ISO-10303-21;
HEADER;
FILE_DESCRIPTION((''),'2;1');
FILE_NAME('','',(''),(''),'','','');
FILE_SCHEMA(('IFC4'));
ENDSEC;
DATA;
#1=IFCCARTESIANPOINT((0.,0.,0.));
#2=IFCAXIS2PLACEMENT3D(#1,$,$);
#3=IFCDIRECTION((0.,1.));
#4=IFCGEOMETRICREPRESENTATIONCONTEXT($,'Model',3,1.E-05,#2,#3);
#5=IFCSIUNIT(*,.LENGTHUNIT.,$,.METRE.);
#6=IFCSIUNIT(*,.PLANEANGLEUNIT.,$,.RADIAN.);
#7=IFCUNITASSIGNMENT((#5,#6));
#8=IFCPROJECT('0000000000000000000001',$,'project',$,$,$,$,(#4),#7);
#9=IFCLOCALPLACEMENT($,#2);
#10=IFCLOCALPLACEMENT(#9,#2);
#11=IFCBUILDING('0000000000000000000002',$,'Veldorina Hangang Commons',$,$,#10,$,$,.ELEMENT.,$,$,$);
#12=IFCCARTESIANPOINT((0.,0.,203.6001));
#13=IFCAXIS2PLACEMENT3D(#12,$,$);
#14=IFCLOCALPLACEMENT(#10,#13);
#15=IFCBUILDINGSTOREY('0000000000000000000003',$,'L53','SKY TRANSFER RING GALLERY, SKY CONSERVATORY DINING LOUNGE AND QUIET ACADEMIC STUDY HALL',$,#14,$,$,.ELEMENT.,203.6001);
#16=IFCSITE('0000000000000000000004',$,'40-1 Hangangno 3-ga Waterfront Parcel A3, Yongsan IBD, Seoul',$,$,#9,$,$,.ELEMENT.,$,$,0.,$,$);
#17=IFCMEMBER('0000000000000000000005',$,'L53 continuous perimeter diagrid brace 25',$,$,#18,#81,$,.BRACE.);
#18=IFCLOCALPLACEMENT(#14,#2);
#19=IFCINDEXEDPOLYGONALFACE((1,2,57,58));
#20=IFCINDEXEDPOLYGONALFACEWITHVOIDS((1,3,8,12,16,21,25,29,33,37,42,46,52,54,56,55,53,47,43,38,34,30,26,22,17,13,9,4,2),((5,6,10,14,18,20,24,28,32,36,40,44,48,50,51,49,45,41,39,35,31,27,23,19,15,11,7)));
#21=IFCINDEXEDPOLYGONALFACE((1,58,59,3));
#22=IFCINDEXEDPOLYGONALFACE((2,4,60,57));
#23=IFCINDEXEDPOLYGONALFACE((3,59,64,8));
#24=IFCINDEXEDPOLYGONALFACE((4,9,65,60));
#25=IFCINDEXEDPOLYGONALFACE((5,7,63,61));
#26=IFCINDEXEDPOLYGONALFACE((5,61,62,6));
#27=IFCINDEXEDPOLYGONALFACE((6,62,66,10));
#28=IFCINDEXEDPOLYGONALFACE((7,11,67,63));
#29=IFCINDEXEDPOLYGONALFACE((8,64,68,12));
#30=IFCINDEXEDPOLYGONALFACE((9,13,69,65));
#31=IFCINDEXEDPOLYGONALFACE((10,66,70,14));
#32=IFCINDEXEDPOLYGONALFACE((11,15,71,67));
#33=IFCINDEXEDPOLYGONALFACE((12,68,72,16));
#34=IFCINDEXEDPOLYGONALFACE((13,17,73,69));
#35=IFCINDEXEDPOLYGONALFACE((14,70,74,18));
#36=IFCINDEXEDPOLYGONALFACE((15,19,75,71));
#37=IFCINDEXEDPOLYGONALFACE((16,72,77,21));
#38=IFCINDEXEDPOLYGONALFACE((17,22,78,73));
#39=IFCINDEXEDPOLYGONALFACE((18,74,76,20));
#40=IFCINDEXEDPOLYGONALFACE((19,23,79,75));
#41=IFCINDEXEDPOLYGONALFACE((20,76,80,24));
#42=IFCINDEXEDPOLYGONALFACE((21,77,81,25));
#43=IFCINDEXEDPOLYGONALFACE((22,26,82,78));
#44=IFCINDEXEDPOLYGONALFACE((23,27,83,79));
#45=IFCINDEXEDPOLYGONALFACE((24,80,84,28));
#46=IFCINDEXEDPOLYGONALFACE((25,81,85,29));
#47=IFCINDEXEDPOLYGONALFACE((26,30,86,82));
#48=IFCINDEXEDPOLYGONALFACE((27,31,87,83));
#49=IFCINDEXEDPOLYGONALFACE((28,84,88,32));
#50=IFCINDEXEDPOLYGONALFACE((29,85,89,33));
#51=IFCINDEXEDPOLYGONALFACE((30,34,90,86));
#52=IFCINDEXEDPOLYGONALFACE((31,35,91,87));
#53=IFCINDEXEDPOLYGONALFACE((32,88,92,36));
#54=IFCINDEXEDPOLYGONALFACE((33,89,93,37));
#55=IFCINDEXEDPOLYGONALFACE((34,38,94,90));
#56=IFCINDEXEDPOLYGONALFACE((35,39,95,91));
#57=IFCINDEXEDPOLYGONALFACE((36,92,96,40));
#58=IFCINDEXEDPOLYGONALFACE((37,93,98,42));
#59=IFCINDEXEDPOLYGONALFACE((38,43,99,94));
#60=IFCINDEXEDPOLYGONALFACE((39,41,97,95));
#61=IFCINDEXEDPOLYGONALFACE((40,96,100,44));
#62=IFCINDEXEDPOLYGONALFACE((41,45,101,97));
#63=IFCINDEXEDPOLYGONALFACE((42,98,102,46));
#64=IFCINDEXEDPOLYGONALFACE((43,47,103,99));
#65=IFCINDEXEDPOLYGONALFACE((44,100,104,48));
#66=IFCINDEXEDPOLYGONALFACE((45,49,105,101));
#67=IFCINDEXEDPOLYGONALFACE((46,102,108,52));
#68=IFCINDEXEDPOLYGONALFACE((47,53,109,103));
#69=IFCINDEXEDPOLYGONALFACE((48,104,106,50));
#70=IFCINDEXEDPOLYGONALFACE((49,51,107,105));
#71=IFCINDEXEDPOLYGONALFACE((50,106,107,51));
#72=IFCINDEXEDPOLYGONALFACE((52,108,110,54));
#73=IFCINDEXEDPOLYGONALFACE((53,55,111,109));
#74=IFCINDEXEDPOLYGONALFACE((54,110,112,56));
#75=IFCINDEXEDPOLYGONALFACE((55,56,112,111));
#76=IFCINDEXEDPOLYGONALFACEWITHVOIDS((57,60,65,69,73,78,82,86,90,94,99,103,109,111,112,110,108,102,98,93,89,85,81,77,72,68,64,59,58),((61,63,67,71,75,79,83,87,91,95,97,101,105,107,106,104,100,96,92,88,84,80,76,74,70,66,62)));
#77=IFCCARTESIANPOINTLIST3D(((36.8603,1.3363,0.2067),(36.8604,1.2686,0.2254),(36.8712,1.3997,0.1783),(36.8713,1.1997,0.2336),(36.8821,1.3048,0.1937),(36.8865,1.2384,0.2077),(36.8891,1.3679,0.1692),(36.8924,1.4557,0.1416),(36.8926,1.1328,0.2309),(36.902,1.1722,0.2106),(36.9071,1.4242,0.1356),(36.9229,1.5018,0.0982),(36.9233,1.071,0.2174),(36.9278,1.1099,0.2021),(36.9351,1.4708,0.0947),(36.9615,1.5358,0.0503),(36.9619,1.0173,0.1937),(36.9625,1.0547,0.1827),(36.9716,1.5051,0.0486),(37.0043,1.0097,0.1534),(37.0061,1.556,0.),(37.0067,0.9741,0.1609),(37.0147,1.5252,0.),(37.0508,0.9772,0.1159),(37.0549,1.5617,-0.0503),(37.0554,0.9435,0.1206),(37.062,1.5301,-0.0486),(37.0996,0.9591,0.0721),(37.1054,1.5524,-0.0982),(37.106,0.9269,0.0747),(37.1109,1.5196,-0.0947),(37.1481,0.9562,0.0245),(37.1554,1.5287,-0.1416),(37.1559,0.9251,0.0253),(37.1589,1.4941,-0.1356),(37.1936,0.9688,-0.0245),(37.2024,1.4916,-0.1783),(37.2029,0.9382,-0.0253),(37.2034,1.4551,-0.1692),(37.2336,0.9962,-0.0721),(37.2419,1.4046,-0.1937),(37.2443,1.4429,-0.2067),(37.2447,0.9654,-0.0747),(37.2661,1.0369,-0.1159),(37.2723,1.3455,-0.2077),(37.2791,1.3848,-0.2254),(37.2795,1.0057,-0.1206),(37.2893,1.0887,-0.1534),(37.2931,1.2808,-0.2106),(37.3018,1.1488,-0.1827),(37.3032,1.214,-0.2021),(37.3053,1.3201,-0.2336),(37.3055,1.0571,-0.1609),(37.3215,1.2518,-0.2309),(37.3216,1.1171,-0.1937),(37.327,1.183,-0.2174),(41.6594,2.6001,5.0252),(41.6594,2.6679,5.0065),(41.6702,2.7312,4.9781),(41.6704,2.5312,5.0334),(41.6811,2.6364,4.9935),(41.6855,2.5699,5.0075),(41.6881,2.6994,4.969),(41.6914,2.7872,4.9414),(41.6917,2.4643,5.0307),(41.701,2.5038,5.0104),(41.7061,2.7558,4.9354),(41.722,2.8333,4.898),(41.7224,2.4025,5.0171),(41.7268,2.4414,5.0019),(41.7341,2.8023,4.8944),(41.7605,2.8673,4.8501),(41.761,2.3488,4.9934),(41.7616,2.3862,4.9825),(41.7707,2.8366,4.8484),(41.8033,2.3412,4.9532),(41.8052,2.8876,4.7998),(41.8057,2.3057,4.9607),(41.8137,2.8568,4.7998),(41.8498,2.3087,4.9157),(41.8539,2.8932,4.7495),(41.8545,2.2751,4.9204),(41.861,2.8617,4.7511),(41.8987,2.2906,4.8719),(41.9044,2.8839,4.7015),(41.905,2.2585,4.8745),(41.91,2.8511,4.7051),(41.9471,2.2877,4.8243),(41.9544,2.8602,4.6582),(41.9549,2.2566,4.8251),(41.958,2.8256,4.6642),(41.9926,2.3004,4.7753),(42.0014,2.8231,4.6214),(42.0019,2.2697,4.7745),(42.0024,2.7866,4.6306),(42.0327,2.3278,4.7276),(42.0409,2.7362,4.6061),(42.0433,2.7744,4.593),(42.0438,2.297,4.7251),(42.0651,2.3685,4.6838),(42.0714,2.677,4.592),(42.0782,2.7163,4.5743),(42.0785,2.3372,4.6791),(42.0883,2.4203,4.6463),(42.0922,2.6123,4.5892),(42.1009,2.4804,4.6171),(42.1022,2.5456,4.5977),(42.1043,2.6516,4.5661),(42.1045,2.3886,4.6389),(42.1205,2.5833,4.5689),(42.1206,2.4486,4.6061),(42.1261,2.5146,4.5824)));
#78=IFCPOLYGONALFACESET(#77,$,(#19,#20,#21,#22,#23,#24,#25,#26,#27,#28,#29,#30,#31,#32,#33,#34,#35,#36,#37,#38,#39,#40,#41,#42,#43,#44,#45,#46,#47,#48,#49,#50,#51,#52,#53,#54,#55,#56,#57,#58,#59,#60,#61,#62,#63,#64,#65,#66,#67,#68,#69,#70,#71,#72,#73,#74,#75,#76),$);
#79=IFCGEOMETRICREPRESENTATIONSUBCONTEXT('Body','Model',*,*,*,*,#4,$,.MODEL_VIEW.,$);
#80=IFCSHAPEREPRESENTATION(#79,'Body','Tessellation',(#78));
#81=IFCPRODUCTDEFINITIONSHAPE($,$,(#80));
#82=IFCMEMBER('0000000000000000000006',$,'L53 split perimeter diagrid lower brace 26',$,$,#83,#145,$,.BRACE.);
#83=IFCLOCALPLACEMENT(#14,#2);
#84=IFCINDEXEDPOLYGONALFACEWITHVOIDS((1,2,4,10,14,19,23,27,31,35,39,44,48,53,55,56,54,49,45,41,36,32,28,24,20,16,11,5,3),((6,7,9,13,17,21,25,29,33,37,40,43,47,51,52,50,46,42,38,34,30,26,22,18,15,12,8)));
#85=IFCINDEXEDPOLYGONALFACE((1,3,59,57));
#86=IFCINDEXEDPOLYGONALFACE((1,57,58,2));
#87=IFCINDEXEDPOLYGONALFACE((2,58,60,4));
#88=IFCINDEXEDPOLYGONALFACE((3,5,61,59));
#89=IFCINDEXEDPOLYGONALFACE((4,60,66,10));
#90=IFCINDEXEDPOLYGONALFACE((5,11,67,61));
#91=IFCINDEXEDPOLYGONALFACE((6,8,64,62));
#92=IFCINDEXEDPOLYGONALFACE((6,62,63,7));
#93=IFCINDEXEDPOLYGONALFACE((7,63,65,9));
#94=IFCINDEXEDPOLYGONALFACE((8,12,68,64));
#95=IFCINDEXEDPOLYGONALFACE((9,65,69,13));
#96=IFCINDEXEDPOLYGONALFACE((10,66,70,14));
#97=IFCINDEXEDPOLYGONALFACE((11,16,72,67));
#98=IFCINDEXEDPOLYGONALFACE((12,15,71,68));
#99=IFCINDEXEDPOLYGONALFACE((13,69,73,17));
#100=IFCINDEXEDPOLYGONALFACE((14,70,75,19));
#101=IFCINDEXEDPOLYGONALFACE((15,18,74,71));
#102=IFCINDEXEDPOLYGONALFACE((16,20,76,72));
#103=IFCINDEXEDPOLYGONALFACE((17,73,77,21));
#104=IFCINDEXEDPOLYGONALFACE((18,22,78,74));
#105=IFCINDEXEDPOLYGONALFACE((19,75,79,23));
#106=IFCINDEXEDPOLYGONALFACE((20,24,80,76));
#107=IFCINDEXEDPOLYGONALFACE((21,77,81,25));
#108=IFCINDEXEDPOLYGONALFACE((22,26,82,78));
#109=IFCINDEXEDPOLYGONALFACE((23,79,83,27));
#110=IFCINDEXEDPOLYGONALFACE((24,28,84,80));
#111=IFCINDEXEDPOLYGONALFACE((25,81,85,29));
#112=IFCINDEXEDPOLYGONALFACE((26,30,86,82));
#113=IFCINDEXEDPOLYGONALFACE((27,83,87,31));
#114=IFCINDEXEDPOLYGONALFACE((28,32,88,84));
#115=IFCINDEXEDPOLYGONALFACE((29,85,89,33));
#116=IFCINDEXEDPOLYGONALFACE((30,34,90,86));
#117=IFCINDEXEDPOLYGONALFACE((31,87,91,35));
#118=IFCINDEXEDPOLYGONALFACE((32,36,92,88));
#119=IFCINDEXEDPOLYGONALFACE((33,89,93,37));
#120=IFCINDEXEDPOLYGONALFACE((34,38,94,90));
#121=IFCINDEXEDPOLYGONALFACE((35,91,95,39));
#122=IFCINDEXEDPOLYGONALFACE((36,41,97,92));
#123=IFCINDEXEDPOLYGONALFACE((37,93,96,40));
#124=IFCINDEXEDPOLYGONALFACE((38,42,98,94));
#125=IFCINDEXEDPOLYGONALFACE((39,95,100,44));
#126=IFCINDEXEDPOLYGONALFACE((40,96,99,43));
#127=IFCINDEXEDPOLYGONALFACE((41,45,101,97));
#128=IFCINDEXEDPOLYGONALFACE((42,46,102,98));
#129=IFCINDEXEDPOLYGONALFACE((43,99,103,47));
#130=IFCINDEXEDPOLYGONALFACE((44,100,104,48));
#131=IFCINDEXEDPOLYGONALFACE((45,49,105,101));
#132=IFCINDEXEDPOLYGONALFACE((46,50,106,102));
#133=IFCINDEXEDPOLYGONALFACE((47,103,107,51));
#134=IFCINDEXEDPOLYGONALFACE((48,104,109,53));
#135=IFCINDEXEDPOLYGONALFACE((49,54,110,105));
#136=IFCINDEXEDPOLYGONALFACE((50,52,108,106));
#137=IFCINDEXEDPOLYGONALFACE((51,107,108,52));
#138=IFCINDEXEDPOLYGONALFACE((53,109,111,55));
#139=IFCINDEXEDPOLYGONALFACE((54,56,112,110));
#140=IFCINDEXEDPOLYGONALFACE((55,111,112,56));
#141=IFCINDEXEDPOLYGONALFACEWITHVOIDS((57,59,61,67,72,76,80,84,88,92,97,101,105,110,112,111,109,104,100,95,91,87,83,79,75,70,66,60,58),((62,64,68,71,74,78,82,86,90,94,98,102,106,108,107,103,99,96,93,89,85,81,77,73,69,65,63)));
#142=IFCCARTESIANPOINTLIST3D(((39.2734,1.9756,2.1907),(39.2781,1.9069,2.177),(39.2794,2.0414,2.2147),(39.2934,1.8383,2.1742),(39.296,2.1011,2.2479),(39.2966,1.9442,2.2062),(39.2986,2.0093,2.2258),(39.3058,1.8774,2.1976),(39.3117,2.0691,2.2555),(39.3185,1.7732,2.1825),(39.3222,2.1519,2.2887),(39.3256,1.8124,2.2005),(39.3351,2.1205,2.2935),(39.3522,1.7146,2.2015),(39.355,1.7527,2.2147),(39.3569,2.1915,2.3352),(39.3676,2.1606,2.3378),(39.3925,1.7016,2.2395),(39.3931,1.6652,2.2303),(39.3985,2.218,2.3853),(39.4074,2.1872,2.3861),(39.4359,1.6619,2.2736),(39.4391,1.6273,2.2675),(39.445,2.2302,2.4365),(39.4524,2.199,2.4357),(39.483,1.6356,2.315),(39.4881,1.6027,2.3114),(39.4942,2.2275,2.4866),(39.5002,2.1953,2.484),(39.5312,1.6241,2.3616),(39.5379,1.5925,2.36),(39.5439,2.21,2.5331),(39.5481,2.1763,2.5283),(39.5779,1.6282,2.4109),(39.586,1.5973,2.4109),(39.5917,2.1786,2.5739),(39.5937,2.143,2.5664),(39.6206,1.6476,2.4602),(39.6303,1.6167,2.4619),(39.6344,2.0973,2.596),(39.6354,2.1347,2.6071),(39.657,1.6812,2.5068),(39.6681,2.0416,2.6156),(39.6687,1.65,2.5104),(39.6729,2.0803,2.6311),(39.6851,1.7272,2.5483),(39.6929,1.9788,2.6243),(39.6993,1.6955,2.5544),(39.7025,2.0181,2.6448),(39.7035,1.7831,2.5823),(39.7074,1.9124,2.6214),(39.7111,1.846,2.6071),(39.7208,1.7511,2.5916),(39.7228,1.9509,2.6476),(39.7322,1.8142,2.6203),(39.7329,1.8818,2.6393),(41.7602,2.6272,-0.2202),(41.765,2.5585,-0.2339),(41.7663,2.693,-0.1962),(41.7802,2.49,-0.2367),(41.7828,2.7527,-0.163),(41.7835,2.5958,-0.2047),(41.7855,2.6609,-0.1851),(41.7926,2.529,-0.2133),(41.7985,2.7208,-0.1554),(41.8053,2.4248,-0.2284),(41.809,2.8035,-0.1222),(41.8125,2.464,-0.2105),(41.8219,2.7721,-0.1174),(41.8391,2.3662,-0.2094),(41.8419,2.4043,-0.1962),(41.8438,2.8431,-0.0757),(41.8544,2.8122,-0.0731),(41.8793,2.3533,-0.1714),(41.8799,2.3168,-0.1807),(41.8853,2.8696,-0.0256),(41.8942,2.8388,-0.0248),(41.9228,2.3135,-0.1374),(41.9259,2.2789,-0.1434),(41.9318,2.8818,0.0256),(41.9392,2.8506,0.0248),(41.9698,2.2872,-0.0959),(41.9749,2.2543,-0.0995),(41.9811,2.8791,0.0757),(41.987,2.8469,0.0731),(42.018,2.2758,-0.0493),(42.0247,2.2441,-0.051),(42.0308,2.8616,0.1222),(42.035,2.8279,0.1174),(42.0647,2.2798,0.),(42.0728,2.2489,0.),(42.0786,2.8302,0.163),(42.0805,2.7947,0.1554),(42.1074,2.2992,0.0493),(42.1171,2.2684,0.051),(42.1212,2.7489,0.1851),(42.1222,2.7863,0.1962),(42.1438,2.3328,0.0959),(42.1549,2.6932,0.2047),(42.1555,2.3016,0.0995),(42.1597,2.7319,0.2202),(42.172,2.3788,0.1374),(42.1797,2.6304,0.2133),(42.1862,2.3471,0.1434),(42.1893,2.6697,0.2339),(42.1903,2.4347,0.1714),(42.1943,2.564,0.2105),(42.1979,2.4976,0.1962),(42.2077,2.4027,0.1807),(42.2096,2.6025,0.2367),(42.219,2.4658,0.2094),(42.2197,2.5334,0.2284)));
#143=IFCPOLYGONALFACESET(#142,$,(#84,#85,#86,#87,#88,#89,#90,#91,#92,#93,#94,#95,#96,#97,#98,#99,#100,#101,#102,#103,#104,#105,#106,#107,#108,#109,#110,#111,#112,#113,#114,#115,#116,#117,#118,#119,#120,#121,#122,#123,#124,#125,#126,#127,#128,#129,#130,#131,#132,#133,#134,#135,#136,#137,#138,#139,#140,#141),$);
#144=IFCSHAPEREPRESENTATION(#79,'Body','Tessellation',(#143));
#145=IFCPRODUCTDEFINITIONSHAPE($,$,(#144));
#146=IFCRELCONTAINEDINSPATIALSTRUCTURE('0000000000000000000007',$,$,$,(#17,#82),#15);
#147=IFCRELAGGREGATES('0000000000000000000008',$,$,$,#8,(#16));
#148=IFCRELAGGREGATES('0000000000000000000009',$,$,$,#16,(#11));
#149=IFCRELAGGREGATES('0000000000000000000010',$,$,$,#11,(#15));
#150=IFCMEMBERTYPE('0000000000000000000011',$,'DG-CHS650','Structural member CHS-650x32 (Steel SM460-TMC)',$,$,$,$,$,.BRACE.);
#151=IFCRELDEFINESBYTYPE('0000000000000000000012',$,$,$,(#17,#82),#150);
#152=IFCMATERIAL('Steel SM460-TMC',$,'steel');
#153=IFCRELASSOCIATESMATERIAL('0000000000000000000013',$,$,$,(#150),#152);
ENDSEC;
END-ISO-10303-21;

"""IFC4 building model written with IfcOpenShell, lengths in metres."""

from ifc_helpers import new_model, si_unit, direction, frame, origin, origin_2d, place, context, subcontext, project, spatial, hollow_circle, extrude, material, material_profile, profile_set, type_object, element, save


model = new_model("IFC4")

# Units and contexts
model_context = context("Model", 3, precision=1e-05, world=origin(), true_north=direction((0.0, 1.0)))
body_context = subcontext(model_context, "Body", "Model", "MODEL_VIEW")
ifc_project = project(units=[si_unit("LENGTHUNIT", "METRE"), si_unit("PLANEANGLEUNIT", "RADIAN")], contexts=[model_context])

# Site, building, storey
site_placement = place(None, origin())
site = spatial("IfcSite", under=ifc_project, at=site_placement, Name="40-1 Hangangno 3-ga Waterfront Parcel A3, Yongsan IBD, Seoul", CompositionType="ELEMENT", RefElevation=0.0)
building_placement = place(site_placement, origin())
building = spatial("IfcBuilding", under=site, at=building_placement, Name="Veldorina Hangang Commons", CompositionType="ELEMENT")
storey_placement = place(building_placement, frame((0.0, 0.0, 203.6001)))
storey = spatial("IfcBuildingStorey", under=building, at=storey_placement, Name="L53", Description="SKY TRANSFER RING GALLERY, SKY CONSERVATORY DINING LOUNGE AND QUIET ACADEMIC STUDY HALL", CompositionType="ELEMENT", Elevation=203.6001)

# Members
ifc_material_1 = material(Name="Steel SM460-TMC", Category="steel")
ifc_material_profile_1 = material_profile(ifc_material_1, hollow_circle(Radius=0.325, WallThickness=0.032, at=origin_2d()), Name="CHS-650x32")
ifc_profile_set_1 = profile_set([ifc_material_profile_1], Name="Steel SM460-TMC")
member_type_1 = type_object("IfcMemberType", Name="DG-CHS650", Description="Structural member CHS-650x32 (Steel SM460-TMC)", PredefinedType="BRACE", material=ifc_profile_set_1)
member_1_placement = place(storey_placement, frame((37.093, 1.2429, 0.0), z_axis=(0.693828, 0.192508, 0.693934), x_axis=(-0.267358, 0.963597, 0.0)))
element("IfcMember", 1, at=member_1_placement, inside=storey, type_object=member_type_1, Name="L53 continuous perimeter diagrid brace 25", PredefinedType="BRACE", context=body_context, shape_type="SweptSolid", body=[
    extrude(hollow_circle(Radius=0.325, WallThickness=0.032, at=origin_2d()), origin(), (0.0, 0.0, 1.0), 6.9167),
])
member_2_placement = place(storey_placement, frame((41.9905, 2.5632, 0.0), z_axis=(-0.705604, -0.184887, 0.684061), x_axis=(0.253469, -0.967343, 0.0)))
element("IfcMember", 2, at=member_2_placement, inside=storey, type_object=member_type_1, Name="L53 split perimeter diagrid lower brace 26", PredefinedType="BRACE", context=body_context, shape_type="SweptSolid", body=[
    extrude(hollow_circle(Radius=0.325, WallThickness=0.032, at=origin_2d()), origin(), (0.0, 0.0, 1.0), 3.5244),
])

save(model, "model.ifc")
